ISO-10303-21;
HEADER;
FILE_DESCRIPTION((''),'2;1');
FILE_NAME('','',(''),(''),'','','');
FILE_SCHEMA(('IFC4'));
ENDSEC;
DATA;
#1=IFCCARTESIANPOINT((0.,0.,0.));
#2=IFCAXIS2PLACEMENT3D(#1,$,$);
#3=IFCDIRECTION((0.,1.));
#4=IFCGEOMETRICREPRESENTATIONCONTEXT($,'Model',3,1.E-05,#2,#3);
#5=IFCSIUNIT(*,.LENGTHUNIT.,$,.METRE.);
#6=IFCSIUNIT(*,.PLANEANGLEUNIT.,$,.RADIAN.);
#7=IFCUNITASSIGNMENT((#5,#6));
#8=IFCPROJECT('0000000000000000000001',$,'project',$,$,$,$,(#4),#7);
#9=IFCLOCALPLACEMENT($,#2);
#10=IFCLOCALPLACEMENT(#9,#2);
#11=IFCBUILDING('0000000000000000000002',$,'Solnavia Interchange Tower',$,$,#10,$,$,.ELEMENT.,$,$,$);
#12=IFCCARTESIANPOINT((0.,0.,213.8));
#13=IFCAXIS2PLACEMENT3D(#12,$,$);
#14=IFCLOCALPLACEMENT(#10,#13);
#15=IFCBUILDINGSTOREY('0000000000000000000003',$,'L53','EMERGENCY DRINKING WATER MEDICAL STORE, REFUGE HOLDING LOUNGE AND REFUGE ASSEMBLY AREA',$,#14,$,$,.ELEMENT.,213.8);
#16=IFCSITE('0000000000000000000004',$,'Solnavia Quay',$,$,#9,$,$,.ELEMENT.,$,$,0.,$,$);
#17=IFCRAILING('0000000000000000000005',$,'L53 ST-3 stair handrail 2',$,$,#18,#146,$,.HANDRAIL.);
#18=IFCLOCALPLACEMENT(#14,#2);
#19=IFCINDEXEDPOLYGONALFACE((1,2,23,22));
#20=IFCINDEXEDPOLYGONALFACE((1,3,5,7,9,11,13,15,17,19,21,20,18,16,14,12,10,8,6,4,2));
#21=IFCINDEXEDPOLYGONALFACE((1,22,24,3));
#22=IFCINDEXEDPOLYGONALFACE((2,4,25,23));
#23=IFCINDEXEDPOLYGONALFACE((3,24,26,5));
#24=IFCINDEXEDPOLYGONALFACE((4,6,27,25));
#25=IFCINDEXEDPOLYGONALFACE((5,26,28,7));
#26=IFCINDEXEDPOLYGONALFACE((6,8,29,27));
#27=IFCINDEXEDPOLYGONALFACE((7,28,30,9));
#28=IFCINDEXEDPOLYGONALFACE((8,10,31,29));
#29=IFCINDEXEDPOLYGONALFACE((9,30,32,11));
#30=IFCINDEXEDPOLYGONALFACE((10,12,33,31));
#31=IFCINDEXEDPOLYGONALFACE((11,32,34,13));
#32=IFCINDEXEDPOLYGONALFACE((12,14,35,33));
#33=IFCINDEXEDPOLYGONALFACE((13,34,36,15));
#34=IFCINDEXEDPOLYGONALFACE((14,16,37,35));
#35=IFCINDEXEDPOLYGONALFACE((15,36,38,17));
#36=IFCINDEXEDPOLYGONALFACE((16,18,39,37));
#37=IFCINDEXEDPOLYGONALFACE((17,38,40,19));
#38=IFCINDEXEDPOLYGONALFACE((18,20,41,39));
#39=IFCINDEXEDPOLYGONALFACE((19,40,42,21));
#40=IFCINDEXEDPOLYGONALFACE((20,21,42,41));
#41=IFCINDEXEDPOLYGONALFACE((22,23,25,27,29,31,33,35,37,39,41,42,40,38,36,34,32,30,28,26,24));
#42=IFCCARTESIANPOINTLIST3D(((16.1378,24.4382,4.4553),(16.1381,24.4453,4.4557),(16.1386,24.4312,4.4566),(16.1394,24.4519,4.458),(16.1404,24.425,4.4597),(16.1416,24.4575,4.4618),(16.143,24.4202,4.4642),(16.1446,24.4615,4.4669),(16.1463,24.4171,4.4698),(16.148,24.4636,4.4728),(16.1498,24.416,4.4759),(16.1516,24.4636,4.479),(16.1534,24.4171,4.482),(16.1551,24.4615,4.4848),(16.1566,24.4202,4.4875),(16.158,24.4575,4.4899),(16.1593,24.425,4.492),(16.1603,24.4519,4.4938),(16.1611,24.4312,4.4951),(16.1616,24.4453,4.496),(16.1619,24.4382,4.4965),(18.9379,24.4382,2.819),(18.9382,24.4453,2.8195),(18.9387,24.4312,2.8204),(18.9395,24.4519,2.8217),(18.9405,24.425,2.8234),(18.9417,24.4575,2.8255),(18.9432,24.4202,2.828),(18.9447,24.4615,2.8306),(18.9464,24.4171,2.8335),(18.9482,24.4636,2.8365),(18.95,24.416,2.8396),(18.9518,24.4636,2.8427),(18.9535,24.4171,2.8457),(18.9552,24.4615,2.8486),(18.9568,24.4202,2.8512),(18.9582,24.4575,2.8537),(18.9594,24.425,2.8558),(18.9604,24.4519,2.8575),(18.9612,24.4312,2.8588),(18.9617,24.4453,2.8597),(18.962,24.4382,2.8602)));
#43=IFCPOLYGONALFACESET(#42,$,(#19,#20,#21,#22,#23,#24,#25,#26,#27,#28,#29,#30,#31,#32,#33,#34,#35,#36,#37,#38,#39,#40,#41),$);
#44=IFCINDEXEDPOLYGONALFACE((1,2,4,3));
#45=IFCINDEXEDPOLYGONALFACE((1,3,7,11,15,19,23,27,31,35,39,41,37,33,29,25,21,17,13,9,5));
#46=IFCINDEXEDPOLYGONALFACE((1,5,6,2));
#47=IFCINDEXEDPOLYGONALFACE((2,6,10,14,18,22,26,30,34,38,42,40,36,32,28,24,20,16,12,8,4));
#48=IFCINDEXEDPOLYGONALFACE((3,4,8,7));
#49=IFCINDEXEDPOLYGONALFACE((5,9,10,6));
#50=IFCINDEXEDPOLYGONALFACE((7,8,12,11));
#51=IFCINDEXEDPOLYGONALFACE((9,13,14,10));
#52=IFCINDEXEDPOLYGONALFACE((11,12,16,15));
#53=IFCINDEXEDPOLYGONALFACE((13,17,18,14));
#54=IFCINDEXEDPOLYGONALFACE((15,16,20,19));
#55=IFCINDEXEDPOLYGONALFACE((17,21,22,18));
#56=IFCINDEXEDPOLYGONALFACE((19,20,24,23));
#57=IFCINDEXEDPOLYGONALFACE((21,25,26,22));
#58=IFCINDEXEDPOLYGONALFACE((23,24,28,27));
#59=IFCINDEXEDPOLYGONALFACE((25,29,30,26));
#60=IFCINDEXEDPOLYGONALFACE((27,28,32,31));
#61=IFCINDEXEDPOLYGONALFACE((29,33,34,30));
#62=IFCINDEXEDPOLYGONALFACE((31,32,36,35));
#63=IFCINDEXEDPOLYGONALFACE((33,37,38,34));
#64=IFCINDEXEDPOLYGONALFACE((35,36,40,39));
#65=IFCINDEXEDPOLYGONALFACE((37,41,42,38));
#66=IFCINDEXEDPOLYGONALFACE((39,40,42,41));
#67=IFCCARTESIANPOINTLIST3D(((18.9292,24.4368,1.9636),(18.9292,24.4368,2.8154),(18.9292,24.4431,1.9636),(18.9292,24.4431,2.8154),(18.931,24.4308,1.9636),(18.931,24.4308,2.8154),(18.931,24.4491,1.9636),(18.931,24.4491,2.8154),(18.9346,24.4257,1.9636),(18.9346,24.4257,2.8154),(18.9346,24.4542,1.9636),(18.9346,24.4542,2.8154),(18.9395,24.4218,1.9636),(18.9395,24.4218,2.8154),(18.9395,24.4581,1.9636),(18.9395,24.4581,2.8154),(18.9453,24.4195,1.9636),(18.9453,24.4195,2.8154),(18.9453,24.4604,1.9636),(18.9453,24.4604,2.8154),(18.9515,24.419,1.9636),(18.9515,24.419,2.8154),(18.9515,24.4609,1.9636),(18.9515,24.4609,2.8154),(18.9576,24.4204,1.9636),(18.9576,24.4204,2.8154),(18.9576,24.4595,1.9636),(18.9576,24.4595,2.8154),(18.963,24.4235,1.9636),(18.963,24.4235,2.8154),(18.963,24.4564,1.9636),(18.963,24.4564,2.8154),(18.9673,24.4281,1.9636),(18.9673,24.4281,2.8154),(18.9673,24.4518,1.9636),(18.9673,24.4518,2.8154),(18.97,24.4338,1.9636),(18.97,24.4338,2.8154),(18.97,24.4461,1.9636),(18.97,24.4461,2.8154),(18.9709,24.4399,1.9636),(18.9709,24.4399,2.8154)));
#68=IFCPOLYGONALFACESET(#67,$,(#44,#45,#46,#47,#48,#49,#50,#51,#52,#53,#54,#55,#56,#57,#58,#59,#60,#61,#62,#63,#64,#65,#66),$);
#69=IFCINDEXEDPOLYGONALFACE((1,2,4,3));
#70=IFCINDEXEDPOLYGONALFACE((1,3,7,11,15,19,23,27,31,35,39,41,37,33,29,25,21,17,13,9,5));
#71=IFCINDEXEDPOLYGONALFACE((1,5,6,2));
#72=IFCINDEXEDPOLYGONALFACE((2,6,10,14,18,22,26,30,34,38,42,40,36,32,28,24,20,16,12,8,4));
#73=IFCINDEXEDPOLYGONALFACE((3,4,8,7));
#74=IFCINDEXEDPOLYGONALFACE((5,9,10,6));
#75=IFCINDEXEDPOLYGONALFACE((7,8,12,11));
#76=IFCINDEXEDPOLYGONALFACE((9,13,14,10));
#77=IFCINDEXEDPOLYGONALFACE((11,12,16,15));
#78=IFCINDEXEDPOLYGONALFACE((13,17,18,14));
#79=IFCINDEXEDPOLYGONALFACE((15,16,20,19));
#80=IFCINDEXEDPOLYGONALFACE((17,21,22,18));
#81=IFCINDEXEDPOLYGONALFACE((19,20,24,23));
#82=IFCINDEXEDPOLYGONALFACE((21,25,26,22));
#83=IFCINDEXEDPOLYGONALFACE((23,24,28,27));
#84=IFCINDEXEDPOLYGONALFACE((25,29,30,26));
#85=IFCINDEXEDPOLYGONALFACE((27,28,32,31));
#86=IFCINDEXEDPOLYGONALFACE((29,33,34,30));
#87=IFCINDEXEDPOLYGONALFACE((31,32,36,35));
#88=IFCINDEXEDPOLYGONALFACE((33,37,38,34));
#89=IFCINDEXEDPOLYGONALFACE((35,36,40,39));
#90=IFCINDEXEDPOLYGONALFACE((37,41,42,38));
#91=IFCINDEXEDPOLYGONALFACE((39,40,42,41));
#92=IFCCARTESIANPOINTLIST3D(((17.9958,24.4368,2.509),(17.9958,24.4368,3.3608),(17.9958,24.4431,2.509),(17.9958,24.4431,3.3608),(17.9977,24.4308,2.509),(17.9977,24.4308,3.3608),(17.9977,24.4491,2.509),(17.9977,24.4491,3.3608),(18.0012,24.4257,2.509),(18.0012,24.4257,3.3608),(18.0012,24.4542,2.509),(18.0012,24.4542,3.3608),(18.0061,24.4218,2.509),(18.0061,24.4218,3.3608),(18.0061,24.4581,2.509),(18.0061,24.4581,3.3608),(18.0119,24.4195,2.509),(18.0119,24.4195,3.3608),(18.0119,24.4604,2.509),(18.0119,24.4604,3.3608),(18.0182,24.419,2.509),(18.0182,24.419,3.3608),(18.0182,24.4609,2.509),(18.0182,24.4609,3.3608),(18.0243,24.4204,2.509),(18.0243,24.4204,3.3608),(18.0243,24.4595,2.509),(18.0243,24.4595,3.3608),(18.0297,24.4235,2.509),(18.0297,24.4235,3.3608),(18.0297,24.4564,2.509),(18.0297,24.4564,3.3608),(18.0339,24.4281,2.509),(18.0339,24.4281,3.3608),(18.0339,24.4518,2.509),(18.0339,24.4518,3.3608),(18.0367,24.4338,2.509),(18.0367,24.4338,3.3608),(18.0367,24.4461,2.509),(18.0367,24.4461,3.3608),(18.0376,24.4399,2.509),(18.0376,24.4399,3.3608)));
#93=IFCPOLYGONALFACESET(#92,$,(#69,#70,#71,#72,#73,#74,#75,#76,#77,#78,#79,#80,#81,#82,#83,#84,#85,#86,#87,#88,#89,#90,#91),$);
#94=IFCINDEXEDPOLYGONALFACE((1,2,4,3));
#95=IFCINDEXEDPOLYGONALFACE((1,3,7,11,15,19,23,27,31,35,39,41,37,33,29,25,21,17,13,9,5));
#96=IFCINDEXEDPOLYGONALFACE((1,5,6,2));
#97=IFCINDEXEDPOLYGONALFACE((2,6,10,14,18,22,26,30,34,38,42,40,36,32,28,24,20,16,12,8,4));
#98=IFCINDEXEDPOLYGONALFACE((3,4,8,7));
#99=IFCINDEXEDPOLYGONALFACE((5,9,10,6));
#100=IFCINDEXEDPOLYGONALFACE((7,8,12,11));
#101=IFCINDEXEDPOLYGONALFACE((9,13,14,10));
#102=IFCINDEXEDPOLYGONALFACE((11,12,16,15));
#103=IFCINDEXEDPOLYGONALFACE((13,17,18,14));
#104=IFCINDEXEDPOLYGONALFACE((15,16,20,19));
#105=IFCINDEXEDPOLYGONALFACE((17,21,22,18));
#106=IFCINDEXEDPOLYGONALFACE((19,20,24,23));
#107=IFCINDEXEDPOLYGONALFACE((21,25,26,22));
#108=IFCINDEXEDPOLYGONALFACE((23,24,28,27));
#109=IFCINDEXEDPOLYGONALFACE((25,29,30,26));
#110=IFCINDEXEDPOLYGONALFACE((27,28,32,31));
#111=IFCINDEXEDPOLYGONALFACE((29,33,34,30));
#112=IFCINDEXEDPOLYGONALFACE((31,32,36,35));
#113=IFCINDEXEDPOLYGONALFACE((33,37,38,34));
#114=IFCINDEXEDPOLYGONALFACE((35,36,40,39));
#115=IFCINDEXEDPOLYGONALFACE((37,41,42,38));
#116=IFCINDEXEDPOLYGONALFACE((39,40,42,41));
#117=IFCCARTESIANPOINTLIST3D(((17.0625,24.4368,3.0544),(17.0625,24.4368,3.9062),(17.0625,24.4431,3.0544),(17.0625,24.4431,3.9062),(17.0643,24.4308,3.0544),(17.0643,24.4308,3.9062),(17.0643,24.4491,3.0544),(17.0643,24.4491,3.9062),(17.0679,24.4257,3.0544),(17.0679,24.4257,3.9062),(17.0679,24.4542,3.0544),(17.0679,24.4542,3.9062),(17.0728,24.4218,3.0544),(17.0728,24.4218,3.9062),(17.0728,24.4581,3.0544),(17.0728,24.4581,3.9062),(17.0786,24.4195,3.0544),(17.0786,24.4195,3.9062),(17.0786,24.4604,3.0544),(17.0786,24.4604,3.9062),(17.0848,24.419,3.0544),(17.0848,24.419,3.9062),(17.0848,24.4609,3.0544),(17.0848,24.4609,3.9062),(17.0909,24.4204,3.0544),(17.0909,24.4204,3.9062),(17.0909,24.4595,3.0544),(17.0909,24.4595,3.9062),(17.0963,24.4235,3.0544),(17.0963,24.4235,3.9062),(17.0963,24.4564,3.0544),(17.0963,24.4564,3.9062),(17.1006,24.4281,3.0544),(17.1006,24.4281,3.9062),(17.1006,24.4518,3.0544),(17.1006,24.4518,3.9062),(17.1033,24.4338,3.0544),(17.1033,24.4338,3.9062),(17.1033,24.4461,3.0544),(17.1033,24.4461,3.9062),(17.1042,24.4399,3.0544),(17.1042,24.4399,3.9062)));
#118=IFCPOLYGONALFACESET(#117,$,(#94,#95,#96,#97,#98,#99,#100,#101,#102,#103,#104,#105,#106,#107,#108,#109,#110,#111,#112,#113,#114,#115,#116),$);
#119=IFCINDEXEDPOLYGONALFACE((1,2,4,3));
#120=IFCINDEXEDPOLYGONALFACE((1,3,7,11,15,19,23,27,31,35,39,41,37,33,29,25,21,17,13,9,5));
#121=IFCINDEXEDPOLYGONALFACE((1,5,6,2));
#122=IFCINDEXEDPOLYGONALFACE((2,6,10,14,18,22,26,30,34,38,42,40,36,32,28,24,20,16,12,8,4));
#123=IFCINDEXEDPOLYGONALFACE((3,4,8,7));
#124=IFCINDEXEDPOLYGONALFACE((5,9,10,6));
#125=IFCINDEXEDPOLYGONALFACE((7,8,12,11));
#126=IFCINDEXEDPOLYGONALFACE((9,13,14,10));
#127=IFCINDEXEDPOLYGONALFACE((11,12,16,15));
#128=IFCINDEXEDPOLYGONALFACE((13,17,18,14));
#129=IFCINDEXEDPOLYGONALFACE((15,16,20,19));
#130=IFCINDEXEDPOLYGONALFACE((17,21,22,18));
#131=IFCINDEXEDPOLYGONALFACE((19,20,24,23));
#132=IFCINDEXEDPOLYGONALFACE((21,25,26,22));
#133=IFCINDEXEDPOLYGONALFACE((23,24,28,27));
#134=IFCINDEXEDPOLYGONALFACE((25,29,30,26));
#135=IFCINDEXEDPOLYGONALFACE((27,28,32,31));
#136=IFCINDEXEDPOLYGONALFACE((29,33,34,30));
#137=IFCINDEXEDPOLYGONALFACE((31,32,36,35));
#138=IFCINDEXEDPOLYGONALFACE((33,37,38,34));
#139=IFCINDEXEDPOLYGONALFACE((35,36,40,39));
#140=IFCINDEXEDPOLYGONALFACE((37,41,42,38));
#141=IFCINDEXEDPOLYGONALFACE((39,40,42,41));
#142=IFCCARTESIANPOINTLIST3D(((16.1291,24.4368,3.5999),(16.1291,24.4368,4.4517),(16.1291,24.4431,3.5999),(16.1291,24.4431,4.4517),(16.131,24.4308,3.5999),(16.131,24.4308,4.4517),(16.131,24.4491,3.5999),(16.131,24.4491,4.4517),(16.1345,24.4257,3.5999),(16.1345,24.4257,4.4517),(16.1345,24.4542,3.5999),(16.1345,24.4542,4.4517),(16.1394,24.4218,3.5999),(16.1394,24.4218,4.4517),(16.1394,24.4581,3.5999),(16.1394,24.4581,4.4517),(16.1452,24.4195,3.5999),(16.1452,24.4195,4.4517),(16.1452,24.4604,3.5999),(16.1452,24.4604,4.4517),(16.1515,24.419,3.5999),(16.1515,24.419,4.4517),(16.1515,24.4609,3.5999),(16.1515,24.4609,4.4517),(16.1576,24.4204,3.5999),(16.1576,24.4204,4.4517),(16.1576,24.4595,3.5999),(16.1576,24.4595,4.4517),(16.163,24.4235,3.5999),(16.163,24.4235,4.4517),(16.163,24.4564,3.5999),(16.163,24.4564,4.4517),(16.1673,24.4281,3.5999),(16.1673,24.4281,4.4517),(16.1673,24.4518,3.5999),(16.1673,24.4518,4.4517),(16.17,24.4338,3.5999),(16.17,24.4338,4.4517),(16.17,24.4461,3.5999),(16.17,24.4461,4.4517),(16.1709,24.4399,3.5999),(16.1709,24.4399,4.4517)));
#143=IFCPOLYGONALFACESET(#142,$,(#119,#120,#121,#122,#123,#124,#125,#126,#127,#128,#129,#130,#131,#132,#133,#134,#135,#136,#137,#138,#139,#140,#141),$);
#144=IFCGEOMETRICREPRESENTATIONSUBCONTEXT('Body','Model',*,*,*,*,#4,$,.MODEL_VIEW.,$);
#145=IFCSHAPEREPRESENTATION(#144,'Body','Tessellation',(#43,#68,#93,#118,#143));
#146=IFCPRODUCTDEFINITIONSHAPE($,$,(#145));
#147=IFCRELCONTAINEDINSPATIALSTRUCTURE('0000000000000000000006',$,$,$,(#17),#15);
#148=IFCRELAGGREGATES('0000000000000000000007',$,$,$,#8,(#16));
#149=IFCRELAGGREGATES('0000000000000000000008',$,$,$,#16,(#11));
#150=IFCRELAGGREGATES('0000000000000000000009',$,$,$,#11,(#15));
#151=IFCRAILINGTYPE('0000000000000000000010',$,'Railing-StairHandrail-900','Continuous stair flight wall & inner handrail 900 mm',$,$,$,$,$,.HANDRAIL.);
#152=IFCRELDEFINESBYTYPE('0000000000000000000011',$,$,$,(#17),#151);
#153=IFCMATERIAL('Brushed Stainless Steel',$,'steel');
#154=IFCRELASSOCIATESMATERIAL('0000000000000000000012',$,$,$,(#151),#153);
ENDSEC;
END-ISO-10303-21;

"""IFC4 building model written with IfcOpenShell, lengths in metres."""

from ifc_helpers import new_model, si_unit, direction, frame, origin, origin_2d, place, context, subcontext, project, spatial, circle, extrude, material, type_object, element, save


model = new_model("IFC4")

# Units and contexts
model_context = context("Model", 3, precision=1e-05, world=origin(), true_north=direction((0.0, 1.0)))
body_context = subcontext(model_context, "Body", "Model", "MODEL_VIEW")
ifc_project = project(units=[si_unit("LENGTHUNIT", "METRE"), si_unit("PLANEANGLEUNIT", "RADIAN")], contexts=[model_context])

# Site, building, storey
site_placement = place(None, origin())
site = spatial("IfcSite", under=ifc_project, at=site_placement, Name="Solnavia Quay", CompositionType="ELEMENT", RefElevation=0.0)
building_placement = place(site_placement, origin())
building = spatial("IfcBuilding", under=site, at=building_placement, Name="Solnavia Interchange Tower", CompositionType="ELEMENT")
storey_placement = place(building_placement, frame((0.0, 0.0, 213.8)))
storey = spatial("IfcBuildingStorey", under=building, at=storey_placement, Name="L53", Description="EMERGENCY DRINKING WATER MEDICAL STORE, REFUGE HOLDING LOUNGE AND REFUGE ASSEMBLY AREA", CompositionType="ELEMENT", Elevation=213.8)

# Railing
ifc_material_1 = material(Name="Brushed Stainless Steel", Category="steel")
railing_type_1 = type_object("IfcRailingType", Name="Railing-StairHandrail-900", Description="Continuous stair flight wall & inner handrail 900 mm", PredefinedType="HANDRAIL", material=ifc_material_1)
railing_1_placement = place(storey_placement, frame((18.95, 24.4399, 1.9636)))
element("IfcRailing", 1, at=railing_1_placement, inside=storey, type_object=railing_type_1, Name="L53 ST-3 stair handrail 2", PredefinedType="HANDRAIL", context=body_context, shape_type="SweptSolid", body=[
    extrude(circle(Radius=0.0239, at=origin_2d()), frame((0.0, 0.0, 0.876), z_axis=(-0.863394, 0.0, 0.504531), x_axis=(0.0, -1.0, 0.0)), (0.0, 0.0, 1.0), 3.2432),
    extrude(circle(Radius=0.021, at=origin_2d()), origin(), (0.0, 0.0, 1.0), 0.8518),
    extrude(circle(Radius=0.021, at=origin_2d()), frame((-0.9333, 0.0, 0.5454)), (0.0, 0.0, 1.0), 0.8518),
    extrude(circle(Radius=0.021, at=origin_2d()), frame((-1.8667, 0.0, 1.0908)), (0.0, 0.0, 1.0), 0.8518),
    extrude(circle(Radius=0.021, at=origin_2d()), frame((-2.8, 0.0, 1.6362)), (0.0, 0.0, 1.0), 0.8518),
])

save(model, "model.ifc")
